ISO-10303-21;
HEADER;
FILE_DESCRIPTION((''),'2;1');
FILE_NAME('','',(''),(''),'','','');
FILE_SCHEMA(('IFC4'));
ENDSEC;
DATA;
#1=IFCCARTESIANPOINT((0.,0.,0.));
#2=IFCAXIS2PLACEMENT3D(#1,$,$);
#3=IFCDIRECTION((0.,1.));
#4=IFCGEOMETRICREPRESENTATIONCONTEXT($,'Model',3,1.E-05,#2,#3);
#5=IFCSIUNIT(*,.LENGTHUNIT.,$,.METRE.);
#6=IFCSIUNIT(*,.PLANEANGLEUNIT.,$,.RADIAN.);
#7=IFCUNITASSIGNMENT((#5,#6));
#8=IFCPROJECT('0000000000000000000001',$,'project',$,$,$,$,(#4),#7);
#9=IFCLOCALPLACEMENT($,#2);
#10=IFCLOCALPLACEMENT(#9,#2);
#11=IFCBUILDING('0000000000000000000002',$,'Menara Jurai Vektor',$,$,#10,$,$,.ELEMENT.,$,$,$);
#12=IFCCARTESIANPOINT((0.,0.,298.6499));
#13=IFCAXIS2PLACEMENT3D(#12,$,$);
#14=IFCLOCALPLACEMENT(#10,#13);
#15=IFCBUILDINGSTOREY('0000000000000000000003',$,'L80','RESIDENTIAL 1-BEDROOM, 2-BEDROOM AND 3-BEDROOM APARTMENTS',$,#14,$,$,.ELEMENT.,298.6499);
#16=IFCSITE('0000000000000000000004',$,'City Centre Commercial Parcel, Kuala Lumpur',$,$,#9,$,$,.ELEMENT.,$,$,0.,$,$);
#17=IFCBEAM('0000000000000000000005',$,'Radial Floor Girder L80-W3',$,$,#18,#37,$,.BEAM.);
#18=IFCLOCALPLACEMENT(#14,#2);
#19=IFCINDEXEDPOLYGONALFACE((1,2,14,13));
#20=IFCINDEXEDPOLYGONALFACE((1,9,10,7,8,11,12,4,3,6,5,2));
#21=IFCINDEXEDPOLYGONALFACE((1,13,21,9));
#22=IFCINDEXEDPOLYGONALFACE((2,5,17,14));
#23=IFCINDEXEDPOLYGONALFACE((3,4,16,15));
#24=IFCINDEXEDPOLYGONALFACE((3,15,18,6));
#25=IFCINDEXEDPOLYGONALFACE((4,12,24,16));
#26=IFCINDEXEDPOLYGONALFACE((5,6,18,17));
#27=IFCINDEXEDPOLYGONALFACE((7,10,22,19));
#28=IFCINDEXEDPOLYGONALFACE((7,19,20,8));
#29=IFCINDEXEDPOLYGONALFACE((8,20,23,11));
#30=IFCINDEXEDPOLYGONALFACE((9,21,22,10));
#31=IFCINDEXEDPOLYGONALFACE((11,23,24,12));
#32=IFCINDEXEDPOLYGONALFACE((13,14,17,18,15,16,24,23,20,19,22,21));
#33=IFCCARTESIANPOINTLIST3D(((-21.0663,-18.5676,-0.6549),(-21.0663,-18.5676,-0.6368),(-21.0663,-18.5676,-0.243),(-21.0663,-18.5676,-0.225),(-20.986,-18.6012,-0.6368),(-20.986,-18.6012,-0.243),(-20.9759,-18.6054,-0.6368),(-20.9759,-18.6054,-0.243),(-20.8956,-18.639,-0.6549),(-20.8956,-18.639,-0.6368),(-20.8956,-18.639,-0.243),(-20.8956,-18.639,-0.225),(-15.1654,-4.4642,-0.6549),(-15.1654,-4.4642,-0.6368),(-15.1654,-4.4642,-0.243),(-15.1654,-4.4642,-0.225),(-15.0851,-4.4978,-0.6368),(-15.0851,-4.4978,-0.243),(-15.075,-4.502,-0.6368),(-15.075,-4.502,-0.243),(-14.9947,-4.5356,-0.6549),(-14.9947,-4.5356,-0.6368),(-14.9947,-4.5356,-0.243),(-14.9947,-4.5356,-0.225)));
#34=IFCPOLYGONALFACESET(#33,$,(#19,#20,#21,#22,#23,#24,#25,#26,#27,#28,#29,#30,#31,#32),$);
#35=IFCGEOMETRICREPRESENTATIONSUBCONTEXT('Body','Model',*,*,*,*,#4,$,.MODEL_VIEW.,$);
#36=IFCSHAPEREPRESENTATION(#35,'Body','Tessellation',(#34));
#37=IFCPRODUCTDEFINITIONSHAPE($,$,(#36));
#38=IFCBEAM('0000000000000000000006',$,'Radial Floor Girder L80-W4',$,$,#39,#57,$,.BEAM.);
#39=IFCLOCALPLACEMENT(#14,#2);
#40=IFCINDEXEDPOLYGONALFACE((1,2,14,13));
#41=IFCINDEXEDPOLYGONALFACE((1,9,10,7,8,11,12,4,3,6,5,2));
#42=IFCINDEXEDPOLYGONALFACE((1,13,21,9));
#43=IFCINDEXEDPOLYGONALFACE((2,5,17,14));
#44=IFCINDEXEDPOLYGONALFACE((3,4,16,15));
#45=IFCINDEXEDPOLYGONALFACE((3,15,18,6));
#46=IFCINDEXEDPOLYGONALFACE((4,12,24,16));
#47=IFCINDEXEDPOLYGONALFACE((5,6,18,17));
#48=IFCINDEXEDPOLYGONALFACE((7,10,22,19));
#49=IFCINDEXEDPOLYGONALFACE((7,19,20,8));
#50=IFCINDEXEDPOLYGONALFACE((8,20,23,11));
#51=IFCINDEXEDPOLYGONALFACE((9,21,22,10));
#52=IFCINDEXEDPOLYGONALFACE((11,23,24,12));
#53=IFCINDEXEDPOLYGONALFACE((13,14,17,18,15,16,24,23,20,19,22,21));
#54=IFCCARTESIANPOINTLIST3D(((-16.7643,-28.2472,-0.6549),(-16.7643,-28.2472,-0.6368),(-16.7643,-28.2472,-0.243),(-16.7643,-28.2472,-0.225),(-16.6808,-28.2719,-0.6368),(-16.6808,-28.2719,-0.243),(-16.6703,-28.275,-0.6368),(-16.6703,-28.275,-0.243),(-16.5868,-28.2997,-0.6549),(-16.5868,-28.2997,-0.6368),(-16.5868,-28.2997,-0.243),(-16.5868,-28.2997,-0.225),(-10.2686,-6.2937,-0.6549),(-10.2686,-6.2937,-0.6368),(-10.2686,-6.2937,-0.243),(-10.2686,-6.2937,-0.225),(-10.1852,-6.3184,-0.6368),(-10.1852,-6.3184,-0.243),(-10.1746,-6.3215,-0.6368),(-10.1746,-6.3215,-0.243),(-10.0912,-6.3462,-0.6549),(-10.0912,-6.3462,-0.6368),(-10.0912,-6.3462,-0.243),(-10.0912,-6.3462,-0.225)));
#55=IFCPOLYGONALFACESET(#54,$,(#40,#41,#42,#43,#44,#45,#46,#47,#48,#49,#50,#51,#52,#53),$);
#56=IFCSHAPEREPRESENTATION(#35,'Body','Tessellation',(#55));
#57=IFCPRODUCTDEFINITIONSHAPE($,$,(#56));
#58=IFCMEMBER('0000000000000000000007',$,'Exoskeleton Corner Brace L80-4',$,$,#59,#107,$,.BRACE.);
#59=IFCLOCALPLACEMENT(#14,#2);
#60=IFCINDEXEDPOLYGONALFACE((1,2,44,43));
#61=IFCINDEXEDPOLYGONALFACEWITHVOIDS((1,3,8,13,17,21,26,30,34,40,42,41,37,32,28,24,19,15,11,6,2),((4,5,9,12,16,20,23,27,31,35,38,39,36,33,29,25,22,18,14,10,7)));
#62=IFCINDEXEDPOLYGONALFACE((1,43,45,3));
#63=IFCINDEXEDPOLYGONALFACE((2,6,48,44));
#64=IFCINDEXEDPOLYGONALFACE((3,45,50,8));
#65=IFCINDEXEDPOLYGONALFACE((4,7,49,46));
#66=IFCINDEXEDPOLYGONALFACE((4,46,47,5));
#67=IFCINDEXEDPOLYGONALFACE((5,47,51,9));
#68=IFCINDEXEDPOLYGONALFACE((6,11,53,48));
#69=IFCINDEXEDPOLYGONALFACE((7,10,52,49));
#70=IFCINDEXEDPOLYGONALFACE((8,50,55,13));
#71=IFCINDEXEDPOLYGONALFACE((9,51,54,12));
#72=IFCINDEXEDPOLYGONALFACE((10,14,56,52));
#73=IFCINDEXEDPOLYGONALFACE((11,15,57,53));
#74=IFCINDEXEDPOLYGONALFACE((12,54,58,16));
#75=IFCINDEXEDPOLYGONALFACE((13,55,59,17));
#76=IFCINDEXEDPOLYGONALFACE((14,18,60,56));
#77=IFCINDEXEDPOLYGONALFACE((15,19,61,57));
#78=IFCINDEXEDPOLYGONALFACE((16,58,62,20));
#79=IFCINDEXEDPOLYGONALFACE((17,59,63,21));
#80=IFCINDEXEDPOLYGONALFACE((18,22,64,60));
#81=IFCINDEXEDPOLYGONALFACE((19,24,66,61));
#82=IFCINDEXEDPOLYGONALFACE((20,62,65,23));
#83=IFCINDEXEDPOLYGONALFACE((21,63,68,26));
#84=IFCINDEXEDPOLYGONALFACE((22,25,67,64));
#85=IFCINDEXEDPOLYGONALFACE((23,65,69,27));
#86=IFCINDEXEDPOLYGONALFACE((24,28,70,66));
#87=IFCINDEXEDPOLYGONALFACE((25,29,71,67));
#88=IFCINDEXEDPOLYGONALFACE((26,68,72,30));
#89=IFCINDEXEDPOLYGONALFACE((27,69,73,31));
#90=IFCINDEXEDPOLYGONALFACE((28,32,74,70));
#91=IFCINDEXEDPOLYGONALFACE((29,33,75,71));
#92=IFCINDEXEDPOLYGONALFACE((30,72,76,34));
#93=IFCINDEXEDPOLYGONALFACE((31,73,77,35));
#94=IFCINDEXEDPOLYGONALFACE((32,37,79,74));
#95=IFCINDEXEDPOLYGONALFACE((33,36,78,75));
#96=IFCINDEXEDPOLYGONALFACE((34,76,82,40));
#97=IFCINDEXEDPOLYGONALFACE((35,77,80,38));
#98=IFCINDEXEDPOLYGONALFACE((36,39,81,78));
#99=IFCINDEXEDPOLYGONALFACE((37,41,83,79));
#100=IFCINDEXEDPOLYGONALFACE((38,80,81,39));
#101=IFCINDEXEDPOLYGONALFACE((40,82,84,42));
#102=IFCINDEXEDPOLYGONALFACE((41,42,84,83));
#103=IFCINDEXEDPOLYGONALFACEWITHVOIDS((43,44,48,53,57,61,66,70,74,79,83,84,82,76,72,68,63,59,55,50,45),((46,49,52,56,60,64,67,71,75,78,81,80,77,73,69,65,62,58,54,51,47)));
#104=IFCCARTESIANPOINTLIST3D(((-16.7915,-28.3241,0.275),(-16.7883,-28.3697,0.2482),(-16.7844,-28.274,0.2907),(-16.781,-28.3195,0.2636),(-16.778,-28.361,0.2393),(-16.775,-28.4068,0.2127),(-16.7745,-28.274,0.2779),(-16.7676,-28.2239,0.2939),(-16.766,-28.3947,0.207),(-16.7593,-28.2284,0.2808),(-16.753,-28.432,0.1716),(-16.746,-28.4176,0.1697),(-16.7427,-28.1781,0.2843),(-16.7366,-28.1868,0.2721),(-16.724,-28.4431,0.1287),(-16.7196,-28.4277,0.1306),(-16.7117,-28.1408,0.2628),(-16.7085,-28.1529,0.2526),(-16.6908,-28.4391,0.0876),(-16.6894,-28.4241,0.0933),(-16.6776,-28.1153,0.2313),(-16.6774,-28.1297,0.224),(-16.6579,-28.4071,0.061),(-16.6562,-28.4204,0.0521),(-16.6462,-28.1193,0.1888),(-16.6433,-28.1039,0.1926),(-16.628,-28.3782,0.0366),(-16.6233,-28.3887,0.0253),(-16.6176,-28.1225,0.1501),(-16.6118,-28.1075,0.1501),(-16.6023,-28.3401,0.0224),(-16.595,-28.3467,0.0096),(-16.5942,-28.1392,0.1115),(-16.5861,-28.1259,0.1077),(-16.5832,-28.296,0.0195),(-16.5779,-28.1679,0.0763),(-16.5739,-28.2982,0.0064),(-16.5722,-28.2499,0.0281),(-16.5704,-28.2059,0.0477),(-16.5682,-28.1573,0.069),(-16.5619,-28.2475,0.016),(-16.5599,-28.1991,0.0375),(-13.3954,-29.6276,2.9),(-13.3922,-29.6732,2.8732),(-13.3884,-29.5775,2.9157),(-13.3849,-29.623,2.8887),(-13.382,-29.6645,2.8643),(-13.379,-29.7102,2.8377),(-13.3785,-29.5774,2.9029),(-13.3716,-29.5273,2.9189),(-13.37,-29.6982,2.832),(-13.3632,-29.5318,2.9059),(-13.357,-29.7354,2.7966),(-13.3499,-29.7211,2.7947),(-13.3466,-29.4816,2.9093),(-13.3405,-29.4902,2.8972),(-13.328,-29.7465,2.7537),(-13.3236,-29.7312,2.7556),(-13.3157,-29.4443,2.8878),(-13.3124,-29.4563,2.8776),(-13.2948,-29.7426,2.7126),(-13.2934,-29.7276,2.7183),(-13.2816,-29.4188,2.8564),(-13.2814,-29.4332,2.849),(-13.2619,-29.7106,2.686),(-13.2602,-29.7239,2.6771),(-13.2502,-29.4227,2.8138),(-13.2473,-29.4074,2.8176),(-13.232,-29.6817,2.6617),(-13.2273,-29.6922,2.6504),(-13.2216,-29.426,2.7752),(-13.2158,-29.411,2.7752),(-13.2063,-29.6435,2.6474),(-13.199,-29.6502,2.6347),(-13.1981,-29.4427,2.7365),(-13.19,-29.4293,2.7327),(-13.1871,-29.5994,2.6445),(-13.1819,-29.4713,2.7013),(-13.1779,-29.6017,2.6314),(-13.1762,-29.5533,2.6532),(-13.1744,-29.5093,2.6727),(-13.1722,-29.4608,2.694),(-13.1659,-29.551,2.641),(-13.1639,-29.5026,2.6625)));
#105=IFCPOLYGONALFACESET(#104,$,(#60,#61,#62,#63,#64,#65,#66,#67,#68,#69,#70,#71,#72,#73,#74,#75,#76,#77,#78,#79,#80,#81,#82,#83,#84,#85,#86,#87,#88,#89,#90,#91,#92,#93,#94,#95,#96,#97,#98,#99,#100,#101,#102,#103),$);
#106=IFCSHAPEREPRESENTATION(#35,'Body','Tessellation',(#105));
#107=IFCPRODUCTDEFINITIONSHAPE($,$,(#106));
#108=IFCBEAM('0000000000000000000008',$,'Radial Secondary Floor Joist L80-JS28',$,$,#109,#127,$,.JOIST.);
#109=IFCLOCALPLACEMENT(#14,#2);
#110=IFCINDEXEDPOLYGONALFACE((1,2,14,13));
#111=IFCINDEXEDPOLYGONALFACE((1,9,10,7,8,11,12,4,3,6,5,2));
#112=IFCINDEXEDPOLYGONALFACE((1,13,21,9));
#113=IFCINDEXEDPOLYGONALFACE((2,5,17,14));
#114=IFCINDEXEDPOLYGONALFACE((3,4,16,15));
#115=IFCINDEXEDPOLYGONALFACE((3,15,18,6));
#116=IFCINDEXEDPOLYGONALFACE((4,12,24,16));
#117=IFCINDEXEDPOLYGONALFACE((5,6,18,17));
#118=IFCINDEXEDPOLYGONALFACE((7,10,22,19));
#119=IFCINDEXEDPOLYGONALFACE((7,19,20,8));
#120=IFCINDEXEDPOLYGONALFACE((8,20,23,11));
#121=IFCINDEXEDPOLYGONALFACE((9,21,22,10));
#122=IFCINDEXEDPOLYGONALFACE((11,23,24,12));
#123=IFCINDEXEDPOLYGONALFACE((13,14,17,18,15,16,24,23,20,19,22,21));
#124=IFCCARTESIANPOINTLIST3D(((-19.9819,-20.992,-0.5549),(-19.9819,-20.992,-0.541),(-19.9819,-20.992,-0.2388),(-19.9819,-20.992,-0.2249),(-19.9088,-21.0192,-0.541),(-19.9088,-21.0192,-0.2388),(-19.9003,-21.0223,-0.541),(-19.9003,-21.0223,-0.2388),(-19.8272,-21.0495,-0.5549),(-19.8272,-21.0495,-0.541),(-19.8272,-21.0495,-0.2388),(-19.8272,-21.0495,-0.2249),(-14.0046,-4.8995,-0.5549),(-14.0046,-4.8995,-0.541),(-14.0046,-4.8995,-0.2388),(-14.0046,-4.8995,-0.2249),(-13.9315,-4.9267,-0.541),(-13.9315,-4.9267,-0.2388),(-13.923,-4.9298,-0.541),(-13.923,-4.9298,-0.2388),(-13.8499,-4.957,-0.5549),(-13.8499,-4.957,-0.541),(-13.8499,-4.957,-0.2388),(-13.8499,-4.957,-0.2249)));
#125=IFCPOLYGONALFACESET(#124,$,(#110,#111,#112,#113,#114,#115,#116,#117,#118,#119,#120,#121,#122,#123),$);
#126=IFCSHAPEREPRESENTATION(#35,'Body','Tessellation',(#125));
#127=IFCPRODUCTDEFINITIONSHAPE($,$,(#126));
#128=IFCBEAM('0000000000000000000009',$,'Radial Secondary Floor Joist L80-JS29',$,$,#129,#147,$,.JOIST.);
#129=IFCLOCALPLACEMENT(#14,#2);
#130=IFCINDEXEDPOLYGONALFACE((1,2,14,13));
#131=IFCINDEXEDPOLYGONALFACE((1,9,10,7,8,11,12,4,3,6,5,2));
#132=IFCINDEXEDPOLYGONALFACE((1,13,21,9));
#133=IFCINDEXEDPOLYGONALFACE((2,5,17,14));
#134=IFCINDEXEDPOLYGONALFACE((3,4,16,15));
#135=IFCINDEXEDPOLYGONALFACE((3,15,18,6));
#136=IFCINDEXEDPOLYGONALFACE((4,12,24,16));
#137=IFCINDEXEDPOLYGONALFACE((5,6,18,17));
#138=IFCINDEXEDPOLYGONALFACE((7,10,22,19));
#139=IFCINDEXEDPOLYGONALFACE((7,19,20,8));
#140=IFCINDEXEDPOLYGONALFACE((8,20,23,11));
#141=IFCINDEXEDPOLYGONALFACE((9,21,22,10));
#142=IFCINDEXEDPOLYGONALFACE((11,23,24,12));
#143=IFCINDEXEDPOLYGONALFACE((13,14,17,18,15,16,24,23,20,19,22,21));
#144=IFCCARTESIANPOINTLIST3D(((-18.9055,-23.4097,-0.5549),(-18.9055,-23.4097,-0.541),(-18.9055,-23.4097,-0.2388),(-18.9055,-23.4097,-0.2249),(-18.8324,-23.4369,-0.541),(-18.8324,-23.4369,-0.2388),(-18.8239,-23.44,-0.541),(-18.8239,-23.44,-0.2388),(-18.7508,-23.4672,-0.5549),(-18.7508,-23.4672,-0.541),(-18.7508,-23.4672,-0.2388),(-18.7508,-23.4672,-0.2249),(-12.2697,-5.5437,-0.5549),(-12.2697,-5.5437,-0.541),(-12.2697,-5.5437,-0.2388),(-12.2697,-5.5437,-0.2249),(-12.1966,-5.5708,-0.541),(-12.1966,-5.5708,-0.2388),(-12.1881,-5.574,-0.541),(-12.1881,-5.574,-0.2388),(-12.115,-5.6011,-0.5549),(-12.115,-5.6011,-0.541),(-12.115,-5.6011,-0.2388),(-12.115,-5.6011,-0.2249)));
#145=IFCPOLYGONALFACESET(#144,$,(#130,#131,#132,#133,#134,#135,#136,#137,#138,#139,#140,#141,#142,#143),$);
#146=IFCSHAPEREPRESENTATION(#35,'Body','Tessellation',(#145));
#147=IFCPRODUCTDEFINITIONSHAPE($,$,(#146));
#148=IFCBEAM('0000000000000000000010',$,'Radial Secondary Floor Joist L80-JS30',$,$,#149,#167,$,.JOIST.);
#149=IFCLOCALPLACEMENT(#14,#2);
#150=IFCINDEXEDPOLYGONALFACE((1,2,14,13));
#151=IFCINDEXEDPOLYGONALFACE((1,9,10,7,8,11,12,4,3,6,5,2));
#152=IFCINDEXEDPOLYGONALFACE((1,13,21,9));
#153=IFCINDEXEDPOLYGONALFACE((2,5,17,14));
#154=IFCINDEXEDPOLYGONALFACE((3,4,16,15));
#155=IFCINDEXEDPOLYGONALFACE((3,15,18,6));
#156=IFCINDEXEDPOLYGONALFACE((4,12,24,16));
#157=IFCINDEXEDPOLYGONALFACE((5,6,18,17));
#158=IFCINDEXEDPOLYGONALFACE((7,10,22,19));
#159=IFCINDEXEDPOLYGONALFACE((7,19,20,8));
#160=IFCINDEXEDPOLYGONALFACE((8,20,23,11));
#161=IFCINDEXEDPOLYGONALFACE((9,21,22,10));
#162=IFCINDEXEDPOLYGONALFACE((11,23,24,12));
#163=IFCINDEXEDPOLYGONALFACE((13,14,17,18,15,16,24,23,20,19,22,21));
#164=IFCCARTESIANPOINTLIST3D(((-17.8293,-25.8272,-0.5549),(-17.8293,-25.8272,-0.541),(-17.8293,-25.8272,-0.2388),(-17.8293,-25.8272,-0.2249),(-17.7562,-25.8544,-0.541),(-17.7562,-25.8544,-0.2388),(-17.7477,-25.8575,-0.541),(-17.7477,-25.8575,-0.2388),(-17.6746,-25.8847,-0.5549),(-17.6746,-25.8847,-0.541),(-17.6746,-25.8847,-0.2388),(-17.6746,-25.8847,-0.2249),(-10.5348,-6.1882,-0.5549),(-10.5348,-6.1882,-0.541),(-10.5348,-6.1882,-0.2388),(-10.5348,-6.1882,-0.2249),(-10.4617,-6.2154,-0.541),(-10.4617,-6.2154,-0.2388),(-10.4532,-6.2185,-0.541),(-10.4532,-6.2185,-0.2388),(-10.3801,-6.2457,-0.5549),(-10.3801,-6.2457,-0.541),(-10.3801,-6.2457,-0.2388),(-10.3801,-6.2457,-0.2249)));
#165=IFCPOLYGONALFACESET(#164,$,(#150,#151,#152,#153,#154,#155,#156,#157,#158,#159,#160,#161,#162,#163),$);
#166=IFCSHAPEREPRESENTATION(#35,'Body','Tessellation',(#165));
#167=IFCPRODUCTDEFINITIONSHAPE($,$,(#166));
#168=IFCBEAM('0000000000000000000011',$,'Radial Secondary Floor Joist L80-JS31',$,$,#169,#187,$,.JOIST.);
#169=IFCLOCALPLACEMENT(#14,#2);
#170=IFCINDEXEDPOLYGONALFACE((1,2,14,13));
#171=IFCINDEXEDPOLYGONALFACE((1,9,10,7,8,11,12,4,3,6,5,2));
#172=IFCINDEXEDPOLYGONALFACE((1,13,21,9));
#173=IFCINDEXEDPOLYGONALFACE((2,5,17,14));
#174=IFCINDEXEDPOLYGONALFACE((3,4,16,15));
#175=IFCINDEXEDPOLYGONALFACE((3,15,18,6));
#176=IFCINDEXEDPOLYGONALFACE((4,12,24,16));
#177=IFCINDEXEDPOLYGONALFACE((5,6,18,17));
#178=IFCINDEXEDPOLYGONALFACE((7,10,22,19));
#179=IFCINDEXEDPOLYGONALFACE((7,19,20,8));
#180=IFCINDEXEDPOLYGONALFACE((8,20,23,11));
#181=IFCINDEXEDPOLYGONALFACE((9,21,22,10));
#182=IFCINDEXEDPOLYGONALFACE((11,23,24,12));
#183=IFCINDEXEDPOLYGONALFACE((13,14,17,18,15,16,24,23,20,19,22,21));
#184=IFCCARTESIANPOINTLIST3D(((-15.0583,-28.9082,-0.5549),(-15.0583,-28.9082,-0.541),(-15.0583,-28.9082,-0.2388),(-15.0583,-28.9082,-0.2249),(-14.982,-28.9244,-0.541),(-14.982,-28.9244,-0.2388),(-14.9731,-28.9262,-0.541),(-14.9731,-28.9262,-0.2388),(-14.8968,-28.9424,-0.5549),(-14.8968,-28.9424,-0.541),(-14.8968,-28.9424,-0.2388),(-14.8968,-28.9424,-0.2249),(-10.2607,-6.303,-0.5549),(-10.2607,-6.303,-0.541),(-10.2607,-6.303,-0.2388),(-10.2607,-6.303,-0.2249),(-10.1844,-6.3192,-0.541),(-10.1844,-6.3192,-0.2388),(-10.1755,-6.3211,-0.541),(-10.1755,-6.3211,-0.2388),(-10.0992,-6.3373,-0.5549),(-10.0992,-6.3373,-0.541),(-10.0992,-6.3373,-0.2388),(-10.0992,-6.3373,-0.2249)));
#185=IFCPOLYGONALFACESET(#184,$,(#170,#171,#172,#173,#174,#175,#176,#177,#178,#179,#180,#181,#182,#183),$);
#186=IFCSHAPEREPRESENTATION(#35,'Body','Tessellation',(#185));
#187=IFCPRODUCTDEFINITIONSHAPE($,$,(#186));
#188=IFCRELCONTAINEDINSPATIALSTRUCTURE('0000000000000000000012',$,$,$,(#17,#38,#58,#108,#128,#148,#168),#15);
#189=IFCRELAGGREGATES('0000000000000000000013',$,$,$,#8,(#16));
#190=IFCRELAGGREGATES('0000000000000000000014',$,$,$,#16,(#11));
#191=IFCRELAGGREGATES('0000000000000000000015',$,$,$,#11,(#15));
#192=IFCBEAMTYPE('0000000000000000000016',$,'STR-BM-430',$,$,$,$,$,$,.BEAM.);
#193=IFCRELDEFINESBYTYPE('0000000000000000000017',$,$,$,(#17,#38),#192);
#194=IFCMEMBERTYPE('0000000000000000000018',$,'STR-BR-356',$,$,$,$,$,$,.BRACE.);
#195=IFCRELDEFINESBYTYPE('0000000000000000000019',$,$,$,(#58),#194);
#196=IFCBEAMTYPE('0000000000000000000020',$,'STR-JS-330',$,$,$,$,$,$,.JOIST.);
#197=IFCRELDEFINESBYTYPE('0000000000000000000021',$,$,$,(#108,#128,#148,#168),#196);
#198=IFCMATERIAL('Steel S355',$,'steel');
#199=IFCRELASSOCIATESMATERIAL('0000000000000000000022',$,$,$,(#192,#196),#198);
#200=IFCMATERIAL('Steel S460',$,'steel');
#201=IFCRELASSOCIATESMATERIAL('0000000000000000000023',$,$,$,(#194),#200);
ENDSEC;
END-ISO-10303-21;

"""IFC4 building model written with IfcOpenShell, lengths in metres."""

from ifc_helpers import new_model, si_unit, direction, frame, origin, origin_2d, place, context, subcontext, project, spatial, hollow_circle, i_section, extrude, material, material_profile, profile_set, type_object, element, save


model = new_model("IFC4")

# Units and contexts
model_context = context("Model", 3, precision=1e-05, world=origin(), true_north=direction((0.0, 1.0)))
body_context = subcontext(model_context, "Body", "Model", "MODEL_VIEW")
ifc_project = project(units=[si_unit("LENGTHUNIT", "METRE"), si_unit("PLANEANGLEUNIT", "RADIAN")], contexts=[model_context])

# Site, building, storey
site_placement = place(None, origin())
site = spatial("IfcSite", under=ifc_project, at=site_placement, Name="City Centre Commercial Parcel, Kuala Lumpur", CompositionType="ELEMENT", RefElevation=0.0)
building_placement = place(site_placement, origin())
building = spatial("IfcBuilding", under=site, at=building_placement, Name="Menara Jurai Vektor", CompositionType="ELEMENT")
storey_placement = place(building_placement, frame((0.0, 0.0, 298.6499)))
storey = spatial("IfcBuildingStorey", under=building, at=storey_placement, Name="L80", Description="RESIDENTIAL 1-BEDROOM, 2-BEDROOM AND 3-BEDROOM APARTMENTS", CompositionType="ELEMENT", Elevation=298.6499)

# Shared definitions
ifc_material_1 = material(Name="Steel S460", Category="steel")

# Beams
ifc_material_2 = material(Name="Steel S355", Category="steel")
ifc_material_profile_1 = material_profile(ifc_material_2, i_section(OverallWidth=0.1851, OverallDepth=0.4299, WebThickness=0.011, FlangeThickness=0.0181, at=origin_2d()), Name="PG 430x185x76")
ifc_profile_set_1 = profile_set([ifc_material_profile_1], Name="Steel S355")
beam_type_1 = type_object("IfcBeamType", Name="STR-BM-430", PredefinedType="BEAM", material=ifc_profile_set_1)
beam_1_placement = place(storey_placement, frame((-20.981, -18.6033, -0.4399), z_axis=(0.385981, 0.922507, 0.0), x_axis=(-0.922507, 0.385981, 0.0)))
element("IfcBeam", 1, at=beam_1_placement, inside=storey, type_object=beam_type_1, Name="Radial Floor Girder L80-W3", PredefinedType="BEAM", context=body_context, shape_type="SweptSolid", body=[
    extrude(i_section(OverallWidth=0.1851, OverallDepth=0.4299, WebThickness=0.011, FlangeThickness=0.0181, at=origin_2d()), origin(), (0.0, 0.0, 1.0), 15.2881),
])
beam_2_placement = place(storey_placement, frame((-16.6755, -28.2734, -0.4399), z_axis=(0.283723, 0.958906, 0.0), x_axis=(-0.958906, 0.283723, 0.0)))
element("IfcBeam", 2, at=beam_2_placement, inside=storey, type_object=beam_type_1, Name="Radial Floor Girder L80-W4", PredefinedType="BEAM", context=body_context, shape_type="SweptSolid", body=[
    extrude(i_section(OverallWidth=0.1851, OverallDepth=0.4299, WebThickness=0.011, FlangeThickness=0.0181, at=origin_2d()), origin(), (0.0, 0.0, 1.0), 22.8943),
])

# Member
ifc_material_profile_2 = material_profile(ifc_material_1, hollow_circle(Radius=0.1777, WallThickness=0.0161, at=origin_2d()), Name="CHS 355.6x16")
ifc_profile_set_2 = profile_set([ifc_material_profile_2], Name="Steel S460")
member_type_1 = type_object("IfcMemberType", Name="STR-BR-356", PredefinedType="BRACE", material=ifc_profile_set_2)
member_1_placement = place(storey_placement, frame((-16.6755, -28.2734, 0.1501), z_axis=(0.757054, -0.290576, 0.585179), x_axis=(0.358336, 0.933593, 0.0)))
element("IfcMember", 3, at=member_1_placement, inside=storey, type_object=member_type_1, Name="Exoskeleton Corner Brace L80-4", PredefinedType="BRACE", context=body_context, shape_type="SweptSolid", body=[
    extrude(hollow_circle(Radius=0.1777, WallThickness=0.0161, at=origin_2d()), origin(), (0.0, 0.0, 1.0), 4.4858),
])

# Beams
ifc_material_profile_3 = material_profile(ifc_material_2, i_section(OverallWidth=0.165, OverallDepth=0.3301, WebThickness=0.009, FlangeThickness=0.0139, at=origin_2d()), Name="PG 330x165x46")
ifc_profile_set_3 = profile_set([ifc_material_profile_3], Name="Steel S355")
beam_type_2 = type_object("IfcBeamType", Name="STR-JS-330", PredefinedType="JOIST", material=ifc_profile_set_3)
beam_3_placement = place(storey_placement, frame((-19.9045, -21.0208, -0.3899), z_axis=(0.34819, 0.937424, 0.0), x_axis=(-0.937424, 0.34819, 0.0)))
element("IfcBeam", 4, at=beam_3_placement, inside=storey, type_object=beam_type_2, Name="Radial Secondary Floor Joist L80-JS28", PredefinedType="JOIST", context=body_context, shape_type="SweptSolid", body=[
    extrude(i_section(OverallWidth=0.165, OverallDepth=0.3301, WebThickness=0.009, FlangeThickness=0.0139, at=origin_2d()), origin(), (0.0, 0.0, 1.0), 17.1667),
])
beam_4_placement = place(storey_placement, frame((-18.8281, -23.4385, -0.3899), z_axis=(0.348178, 0.937428, 0.0), x_axis=(-0.937428, 0.348178, 0.0)))
element("IfcBeam", 5, at=beam_4_placement, inside=storey, type_object=beam_type_2, Name="Radial Secondary Floor Joist L80-JS29", PredefinedType="JOIST", context=body_context, shape_type="SweptSolid", body=[
    extrude(i_section(OverallWidth=0.165, OverallDepth=0.3301, WebThickness=0.009, FlangeThickness=0.0139, at=origin_2d()), origin(), (0.0, 0.0, 1.0), 19.0586),
])
beam_5_placement = place(storey_placement, frame((-17.752, -25.856, -0.3899), z_axis=(0.348186, 0.937426, 0.0), x_axis=(-0.937426, 0.348186, 0.0)))
element("IfcBeam", 6, at=beam_5_placement, inside=storey, type_object=beam_type_2, Name="Radial Secondary Floor Joist L80-JS30", PredefinedType="JOIST", context=body_context, shape_type="SweptSolid", body=[
    extrude(i_section(OverallWidth=0.165, OverallDepth=0.3301, WebThickness=0.009, FlangeThickness=0.0139, at=origin_2d()), origin(), (0.0, 0.0, 1.0), 20.95),
])
beam_6_placement = place(storey_placement, frame((-14.9775, -28.9253, -0.3899), z_axis=(0.20761, 0.978212, 0.0), x_axis=(-0.978212, 0.20761, 0.0)))
element("IfcBeam", 7, at=beam_6_placement, inside=storey, type_object=beam_type_2, Name="Radial Secondary Floor Joist L80-JS31", PredefinedType="JOIST", context=body_context, shape_type="SweptSolid", body=[
    extrude(i_section(OverallWidth=0.165, OverallDepth=0.3301, WebThickness=0.009, FlangeThickness=0.0139, at=origin_2d()), origin(), (0.0, 0.0, 1.0), 23.1086),
])

save(model, "model.ifc")
